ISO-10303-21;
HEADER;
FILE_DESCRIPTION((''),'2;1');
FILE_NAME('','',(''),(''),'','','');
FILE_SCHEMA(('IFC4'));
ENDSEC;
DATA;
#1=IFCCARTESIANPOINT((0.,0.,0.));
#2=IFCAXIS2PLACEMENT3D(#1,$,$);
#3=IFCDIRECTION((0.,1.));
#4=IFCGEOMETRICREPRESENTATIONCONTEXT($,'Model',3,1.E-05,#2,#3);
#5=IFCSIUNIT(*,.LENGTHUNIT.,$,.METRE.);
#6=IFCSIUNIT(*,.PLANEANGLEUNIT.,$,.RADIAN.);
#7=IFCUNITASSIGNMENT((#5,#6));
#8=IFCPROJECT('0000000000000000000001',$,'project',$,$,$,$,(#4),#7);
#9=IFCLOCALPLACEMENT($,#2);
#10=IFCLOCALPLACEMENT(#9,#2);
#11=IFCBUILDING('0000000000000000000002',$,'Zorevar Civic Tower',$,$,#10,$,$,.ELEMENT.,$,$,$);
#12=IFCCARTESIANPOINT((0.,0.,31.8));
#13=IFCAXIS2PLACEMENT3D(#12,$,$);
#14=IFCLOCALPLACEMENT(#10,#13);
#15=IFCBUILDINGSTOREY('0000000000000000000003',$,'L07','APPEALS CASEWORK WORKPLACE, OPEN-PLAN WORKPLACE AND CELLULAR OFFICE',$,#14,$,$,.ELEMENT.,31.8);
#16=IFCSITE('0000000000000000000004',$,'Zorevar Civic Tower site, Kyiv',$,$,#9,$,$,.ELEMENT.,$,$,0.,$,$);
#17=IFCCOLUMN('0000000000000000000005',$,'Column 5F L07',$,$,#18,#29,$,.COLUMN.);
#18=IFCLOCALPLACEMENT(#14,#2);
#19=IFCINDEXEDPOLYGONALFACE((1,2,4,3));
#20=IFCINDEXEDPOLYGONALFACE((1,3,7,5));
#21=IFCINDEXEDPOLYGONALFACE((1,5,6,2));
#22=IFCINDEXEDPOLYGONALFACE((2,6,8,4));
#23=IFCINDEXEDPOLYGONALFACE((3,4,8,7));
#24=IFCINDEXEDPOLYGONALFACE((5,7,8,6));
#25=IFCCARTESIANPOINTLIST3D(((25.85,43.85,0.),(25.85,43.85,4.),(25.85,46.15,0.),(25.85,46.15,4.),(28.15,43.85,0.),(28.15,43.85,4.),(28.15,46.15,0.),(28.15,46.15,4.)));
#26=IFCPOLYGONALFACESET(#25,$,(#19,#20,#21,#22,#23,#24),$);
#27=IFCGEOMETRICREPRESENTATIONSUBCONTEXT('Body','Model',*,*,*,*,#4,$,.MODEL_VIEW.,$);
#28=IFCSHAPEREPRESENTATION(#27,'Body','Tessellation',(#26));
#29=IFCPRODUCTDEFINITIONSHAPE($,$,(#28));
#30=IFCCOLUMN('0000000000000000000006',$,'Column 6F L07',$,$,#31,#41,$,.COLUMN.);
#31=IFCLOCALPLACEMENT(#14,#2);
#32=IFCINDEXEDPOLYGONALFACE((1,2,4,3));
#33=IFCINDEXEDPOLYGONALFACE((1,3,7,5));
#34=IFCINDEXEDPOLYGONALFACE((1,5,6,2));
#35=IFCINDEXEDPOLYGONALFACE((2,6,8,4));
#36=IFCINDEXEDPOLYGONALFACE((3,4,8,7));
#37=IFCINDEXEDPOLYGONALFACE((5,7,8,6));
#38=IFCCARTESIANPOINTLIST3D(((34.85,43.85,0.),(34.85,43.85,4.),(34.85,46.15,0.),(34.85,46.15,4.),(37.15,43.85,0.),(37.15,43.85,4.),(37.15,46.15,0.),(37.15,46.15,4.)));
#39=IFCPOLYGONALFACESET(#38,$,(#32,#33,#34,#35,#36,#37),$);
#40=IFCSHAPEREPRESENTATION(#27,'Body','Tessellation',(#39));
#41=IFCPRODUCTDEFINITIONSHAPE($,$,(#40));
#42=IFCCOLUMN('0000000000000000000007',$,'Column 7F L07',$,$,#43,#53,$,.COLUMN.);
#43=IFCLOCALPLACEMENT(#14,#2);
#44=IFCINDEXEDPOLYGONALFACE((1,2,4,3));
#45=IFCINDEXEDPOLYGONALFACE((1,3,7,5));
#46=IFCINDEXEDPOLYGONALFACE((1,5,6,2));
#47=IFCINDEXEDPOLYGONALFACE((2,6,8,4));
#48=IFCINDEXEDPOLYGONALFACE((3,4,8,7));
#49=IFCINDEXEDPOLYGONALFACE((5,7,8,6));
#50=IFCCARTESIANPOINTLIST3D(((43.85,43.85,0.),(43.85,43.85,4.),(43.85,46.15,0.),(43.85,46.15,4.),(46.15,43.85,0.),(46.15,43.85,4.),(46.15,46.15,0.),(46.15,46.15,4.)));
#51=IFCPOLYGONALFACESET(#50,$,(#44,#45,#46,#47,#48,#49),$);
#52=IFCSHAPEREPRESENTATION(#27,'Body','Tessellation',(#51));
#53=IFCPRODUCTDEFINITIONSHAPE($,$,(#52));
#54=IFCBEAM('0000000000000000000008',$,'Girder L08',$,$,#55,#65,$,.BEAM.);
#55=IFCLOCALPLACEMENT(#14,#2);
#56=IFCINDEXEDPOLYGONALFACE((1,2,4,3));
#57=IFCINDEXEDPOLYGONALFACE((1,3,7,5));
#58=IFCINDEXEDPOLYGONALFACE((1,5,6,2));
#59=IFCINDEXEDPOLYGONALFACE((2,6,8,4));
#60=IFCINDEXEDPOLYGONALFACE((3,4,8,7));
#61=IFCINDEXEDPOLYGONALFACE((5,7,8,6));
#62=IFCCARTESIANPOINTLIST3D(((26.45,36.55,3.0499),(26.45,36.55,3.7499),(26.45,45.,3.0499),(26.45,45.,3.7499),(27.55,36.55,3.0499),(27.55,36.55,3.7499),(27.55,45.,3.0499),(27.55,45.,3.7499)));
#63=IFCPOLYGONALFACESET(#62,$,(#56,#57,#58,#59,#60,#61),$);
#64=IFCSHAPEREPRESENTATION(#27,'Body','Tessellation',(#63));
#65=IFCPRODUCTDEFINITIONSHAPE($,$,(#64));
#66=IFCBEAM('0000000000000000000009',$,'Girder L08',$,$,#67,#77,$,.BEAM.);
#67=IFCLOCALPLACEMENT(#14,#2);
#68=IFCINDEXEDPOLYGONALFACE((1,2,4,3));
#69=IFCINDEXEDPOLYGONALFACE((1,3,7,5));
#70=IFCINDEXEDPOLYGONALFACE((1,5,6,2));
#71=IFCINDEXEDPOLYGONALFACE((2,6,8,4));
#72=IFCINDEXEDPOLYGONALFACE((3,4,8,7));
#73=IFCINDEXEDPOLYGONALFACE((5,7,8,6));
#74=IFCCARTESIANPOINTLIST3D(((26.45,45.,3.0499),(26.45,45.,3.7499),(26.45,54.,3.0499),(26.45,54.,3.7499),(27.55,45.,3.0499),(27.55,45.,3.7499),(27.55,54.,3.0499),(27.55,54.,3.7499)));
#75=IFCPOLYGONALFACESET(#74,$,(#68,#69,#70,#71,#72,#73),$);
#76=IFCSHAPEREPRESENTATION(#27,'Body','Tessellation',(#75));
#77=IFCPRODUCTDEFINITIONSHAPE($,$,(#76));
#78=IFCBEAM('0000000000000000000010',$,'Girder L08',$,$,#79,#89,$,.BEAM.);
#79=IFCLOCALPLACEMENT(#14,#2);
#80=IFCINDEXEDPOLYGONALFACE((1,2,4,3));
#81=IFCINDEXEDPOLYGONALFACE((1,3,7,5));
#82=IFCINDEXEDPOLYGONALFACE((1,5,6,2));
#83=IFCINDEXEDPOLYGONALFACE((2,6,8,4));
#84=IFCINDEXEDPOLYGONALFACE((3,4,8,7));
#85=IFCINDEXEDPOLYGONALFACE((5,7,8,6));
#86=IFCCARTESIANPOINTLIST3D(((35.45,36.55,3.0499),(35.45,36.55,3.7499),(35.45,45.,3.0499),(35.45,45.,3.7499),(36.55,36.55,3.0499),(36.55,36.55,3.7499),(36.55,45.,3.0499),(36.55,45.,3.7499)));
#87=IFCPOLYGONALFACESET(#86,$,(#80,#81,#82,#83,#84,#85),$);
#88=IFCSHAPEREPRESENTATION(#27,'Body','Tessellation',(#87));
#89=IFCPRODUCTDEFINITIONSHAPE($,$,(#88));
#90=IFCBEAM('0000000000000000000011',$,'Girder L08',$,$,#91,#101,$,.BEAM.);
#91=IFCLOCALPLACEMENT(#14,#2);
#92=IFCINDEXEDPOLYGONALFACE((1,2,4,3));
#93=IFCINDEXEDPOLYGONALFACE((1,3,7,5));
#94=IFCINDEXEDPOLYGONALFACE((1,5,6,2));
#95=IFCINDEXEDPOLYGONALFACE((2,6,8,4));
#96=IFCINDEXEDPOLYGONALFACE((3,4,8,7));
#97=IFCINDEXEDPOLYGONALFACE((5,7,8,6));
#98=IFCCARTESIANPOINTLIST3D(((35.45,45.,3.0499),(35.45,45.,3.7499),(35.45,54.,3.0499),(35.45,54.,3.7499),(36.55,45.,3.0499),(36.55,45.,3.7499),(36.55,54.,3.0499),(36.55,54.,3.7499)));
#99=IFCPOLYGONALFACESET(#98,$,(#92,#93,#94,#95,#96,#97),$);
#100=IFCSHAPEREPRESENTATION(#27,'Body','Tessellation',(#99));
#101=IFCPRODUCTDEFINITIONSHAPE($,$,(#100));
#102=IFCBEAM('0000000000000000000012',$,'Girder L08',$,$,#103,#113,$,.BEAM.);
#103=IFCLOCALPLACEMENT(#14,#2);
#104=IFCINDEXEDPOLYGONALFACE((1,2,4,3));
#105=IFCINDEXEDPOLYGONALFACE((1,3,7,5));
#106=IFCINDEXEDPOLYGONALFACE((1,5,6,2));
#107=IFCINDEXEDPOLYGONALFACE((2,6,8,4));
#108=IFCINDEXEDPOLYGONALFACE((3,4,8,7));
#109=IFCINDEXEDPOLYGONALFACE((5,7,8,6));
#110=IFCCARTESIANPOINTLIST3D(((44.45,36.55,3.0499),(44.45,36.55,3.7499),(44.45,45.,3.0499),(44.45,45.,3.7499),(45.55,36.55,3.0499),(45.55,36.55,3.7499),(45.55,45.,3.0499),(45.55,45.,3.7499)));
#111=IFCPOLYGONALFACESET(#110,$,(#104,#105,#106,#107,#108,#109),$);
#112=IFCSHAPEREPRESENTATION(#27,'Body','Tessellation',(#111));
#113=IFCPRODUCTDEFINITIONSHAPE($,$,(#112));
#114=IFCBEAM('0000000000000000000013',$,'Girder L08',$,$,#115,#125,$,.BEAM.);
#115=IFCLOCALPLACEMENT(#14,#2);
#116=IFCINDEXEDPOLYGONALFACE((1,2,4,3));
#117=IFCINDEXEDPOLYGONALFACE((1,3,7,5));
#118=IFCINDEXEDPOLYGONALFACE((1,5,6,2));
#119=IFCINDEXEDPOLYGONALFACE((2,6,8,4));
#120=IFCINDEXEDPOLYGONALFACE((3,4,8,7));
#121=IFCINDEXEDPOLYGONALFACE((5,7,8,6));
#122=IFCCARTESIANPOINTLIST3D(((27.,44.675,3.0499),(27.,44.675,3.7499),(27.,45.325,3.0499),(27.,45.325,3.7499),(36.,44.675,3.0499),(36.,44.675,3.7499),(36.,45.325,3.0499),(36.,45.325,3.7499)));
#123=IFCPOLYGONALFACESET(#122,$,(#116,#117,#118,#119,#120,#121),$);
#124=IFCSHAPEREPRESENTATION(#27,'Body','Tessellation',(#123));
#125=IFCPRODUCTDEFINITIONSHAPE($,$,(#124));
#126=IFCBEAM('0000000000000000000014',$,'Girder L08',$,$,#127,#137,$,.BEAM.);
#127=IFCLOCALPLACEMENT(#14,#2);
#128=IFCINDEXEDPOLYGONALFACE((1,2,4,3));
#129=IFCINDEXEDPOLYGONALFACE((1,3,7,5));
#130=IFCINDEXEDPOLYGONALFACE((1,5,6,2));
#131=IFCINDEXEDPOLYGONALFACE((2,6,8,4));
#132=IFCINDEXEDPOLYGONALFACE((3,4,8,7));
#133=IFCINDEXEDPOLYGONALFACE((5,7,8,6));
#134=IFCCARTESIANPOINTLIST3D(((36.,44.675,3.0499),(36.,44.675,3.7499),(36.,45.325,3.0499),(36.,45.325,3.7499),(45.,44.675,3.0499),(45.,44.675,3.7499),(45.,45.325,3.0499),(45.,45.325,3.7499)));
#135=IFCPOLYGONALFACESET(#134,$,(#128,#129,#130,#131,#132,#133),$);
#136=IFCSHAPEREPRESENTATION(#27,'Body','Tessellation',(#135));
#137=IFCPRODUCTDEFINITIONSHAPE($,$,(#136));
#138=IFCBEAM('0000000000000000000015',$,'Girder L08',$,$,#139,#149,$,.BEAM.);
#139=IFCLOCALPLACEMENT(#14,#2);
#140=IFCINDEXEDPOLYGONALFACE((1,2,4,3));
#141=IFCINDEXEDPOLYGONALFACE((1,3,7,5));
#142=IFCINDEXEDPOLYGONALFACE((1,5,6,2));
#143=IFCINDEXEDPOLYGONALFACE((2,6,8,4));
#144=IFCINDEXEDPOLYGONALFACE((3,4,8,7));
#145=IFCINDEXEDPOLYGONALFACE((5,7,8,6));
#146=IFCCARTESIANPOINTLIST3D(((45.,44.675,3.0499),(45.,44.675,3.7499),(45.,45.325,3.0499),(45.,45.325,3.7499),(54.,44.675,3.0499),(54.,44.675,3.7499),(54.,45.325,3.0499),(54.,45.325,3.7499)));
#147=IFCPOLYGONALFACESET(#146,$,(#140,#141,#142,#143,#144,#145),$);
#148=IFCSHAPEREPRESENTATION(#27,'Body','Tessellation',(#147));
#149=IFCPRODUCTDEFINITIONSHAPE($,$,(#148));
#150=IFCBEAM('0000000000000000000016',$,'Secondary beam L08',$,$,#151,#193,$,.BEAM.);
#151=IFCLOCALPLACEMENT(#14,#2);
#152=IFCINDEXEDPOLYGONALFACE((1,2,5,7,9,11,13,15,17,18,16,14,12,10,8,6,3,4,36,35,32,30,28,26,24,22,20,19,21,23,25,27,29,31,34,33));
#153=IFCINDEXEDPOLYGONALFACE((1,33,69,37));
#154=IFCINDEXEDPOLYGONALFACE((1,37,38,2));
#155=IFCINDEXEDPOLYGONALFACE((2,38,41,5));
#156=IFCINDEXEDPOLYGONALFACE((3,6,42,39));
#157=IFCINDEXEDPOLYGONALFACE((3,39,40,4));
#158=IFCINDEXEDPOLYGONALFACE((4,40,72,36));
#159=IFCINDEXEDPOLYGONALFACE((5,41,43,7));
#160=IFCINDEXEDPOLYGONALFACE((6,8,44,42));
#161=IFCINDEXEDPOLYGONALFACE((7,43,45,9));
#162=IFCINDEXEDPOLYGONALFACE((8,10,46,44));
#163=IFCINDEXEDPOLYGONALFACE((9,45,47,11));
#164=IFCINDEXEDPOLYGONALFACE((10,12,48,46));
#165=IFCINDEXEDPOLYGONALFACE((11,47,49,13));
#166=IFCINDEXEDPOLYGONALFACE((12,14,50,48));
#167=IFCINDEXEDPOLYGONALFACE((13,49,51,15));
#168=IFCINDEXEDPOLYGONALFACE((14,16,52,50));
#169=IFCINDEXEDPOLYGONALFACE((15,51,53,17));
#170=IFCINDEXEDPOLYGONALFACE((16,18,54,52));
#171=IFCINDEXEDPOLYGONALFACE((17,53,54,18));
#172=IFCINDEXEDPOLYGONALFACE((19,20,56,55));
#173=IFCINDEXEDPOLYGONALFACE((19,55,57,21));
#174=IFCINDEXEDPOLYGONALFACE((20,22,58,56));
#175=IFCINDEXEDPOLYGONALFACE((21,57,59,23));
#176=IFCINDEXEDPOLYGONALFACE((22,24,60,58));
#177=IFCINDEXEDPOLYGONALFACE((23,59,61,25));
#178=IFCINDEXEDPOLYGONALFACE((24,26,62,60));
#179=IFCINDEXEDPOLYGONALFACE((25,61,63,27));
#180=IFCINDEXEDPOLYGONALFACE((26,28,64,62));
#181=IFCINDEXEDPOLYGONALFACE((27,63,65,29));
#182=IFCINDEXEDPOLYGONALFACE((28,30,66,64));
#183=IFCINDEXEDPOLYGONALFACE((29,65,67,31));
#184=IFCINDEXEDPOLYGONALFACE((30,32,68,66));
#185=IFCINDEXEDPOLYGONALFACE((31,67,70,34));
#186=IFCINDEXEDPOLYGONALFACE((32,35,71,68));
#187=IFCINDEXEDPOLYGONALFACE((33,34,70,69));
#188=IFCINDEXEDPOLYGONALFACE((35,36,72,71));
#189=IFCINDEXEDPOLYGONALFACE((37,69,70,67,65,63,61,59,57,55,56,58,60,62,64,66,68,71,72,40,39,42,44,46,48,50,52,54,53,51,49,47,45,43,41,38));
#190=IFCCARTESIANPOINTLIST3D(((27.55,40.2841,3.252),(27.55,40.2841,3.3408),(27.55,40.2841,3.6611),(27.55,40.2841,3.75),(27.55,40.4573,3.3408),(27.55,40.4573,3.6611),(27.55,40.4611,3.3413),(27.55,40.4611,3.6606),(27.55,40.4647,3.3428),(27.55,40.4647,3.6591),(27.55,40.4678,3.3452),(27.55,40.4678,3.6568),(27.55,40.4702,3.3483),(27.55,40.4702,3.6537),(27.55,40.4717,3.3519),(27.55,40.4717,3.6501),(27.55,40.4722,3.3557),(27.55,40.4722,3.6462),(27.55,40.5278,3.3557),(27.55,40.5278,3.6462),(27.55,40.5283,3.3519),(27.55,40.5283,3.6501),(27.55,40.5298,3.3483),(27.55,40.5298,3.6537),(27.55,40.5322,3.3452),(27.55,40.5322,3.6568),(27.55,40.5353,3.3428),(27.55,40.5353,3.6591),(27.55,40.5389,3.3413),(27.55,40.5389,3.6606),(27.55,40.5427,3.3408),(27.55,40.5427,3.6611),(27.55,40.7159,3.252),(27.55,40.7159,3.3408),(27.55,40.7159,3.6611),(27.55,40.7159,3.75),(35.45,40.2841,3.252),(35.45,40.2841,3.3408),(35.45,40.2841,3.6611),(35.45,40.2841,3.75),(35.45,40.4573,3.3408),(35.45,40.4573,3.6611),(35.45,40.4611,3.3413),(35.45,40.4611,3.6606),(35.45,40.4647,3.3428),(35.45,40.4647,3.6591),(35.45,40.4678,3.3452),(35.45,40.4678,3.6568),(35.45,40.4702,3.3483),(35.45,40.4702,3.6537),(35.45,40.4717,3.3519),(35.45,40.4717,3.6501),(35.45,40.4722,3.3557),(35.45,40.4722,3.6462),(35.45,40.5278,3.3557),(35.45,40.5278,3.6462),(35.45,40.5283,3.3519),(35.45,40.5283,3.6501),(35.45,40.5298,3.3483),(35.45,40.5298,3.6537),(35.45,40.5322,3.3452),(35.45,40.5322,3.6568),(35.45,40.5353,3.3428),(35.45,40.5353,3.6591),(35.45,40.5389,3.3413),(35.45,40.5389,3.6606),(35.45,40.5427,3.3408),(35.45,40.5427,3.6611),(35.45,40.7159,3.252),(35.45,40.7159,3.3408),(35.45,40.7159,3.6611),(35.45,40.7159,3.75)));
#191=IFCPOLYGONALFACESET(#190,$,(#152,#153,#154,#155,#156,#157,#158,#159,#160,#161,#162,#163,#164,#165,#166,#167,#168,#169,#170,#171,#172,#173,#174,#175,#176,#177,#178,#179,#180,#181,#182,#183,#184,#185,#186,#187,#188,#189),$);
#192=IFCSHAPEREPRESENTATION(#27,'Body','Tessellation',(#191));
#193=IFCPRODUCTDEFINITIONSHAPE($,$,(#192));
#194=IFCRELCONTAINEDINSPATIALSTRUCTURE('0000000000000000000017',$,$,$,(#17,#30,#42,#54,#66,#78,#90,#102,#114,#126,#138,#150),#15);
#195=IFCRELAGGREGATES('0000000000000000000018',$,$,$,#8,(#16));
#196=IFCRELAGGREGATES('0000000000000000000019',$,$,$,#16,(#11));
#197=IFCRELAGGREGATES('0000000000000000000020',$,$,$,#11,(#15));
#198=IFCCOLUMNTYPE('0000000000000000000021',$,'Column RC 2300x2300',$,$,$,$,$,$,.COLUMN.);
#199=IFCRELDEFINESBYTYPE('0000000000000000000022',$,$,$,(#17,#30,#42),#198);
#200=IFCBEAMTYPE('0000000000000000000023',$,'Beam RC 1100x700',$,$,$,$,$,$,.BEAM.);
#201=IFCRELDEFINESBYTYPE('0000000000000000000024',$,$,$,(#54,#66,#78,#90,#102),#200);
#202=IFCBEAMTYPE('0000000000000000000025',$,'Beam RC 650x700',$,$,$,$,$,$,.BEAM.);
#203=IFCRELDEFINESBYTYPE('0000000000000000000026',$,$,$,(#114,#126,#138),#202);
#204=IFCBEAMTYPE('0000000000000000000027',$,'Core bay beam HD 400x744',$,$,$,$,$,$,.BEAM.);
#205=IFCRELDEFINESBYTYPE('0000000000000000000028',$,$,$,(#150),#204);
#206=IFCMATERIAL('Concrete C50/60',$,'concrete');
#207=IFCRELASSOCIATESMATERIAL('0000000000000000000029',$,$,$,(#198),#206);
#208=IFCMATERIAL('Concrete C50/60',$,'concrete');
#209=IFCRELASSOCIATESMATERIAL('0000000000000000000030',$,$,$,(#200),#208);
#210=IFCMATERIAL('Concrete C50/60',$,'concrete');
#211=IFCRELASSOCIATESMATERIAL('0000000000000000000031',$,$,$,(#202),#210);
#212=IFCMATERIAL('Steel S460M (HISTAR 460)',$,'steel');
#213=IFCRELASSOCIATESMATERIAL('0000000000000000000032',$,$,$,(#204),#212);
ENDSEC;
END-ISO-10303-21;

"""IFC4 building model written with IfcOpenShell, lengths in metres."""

from ifc_helpers import new_model, si_unit, direction, frame, origin, origin_2d, place, context, subcontext, project, spatial, rectangle, i_section, extrude, material, material_profile, profile_set, type_object, element, save


model = new_model("IFC4")

# Units and contexts
model_context = context("Model", 3, precision=1e-05, world=origin(), true_north=direction((0.0, 1.0)))
body_context = subcontext(model_context, "Body", "Model", "MODEL_VIEW")
ifc_project = project(units=[si_unit("LENGTHUNIT", "METRE"), si_unit("PLANEANGLEUNIT", "RADIAN")], contexts=[model_context])

# Site, building, storey
site_placement = place(None, origin())
site = spatial("IfcSite", under=ifc_project, at=site_placement, Name="Zorevar Civic Tower site, Kyiv", CompositionType="ELEMENT", RefElevation=0.0)
building_placement = place(site_placement, origin())
building = spatial("IfcBuilding", under=site, at=building_placement, Name="Zorevar Civic Tower", CompositionType="ELEMENT")
storey_placement = place(building_placement, frame((0.0, 0.0, 31.8)))
storey = spatial("IfcBuildingStorey", under=building, at=storey_placement, Name="L07", Description="APPEALS CASEWORK WORKPLACE, OPEN-PLAN WORKPLACE AND CELLULAR OFFICE", CompositionType="ELEMENT", Elevation=31.8)

# Columns
ifc_material_1 = material(Name="Concrete C50/60", Category="concrete")
ifc_material_profile_1 = material_profile(ifc_material_1, rectangle(XDim=2.3, YDim=2.3, at=origin_2d()), Name="RC 2300x2300")
ifc_profile_set_1 = profile_set([ifc_material_profile_1], Name="Concrete C50/60")
column_type = type_object("IfcColumnType", Name="Column RC 2300x2300", PredefinedType="COLUMN", material=ifc_profile_set_1)
for number, where, z_axis, x_axis, name in (
    (1, (27.0, 45.0, 0.0), (0.0, 0.0, 1.0), (1.0, 0.0, 0.0), "Column 5F L07"),
    (2, (36.0, 45.0, 0.0), (0.0, 0.0, 1.0), (1.0, 0.0, 0.0), "Column 6F L07"),
    (3, (45.0, 45.0, 0.0), (0.0, 0.0, 1.0), (1.0, 0.0, 0.0), "Column 7F L07"),
):
    element("IfcColumn", number, at=place(storey_placement, frame(where, z_axis=z_axis, x_axis=x_axis)), inside=storey, type_object=column_type, Name=name, PredefinedType="COLUMN", context=body_context, shape_type="SweptSolid", body=[
        extrude(rectangle(XDim=2.3, YDim=2.3, at=origin_2d()), origin(), (0.0, 0.0, 1.0), 4.0),
    ])

# Beams
ifc_material_2 = material(Name="Concrete C50/60", Category="concrete")
ifc_material_profile_2 = material_profile(ifc_material_2, rectangle(XDim=1.1001, YDim=0.7, at=origin_2d()), Name="RC 1100x700")
ifc_profile_set_2 = profile_set([ifc_material_profile_2], Name="Concrete C50/60")
beam_type_1 = type_object("IfcBeamType", Name="Beam RC 1100x700", PredefinedType="BEAM", material=ifc_profile_set_2)
beam_1_placement = place(storey_placement, frame((27.0, 36.55, 3.3999), z_axis=(0.0, 1.0, 0.0), x_axis=(-1.0, 0.0, 0.0)))
element("IfcBeam", 4, at=beam_1_placement, inside=storey, type_object=beam_type_1, Name="Girder L08", PredefinedType="BEAM", context=body_context, shape_type="SweptSolid", body=[
    extrude(rectangle(XDim=1.1001, YDim=0.7, at=origin_2d()), origin(), (0.0, 0.0, 1.0), 8.45),
])
beam_2_placement = place(storey_placement, frame((27.0, 45.0, 3.3999), z_axis=(0.0, 1.0, 0.0), x_axis=(-1.0, 0.0, 0.0)))
element("IfcBeam", 5, at=beam_2_placement, inside=storey, type_object=beam_type_1, Name="Girder L08", PredefinedType="BEAM", context=body_context, shape_type="SweptSolid", body=[
    extrude(rectangle(XDim=1.1001, YDim=0.7, at=origin_2d()), origin(), (0.0, 0.0, 1.0), 9.0),
])
beam_3_placement = place(storey_placement, frame((36.0, 36.55, 3.3999), z_axis=(0.0, 1.0, 0.0), x_axis=(-1.0, 0.0, 0.0)))
element("IfcBeam", 6, at=beam_3_placement, inside=storey, type_object=beam_type_1, Name="Girder L08", PredefinedType="BEAM", context=body_context, shape_type="SweptSolid", body=[
    extrude(rectangle(XDim=1.1001, YDim=0.7, at=origin_2d()), origin(), (0.0, 0.0, 1.0), 8.45),
])
beam_4_placement = place(storey_placement, frame((36.0, 45.0, 3.3999), z_axis=(0.0, 1.0, 0.0), x_axis=(-1.0, 0.0, 0.0)))
element("IfcBeam", 7, at=beam_4_placement, inside=storey, type_object=beam_type_1, Name="Girder L08", PredefinedType="BEAM", context=body_context, shape_type="SweptSolid", body=[
    extrude(rectangle(XDim=1.1001, YDim=0.7, at=origin_2d()), origin(), (0.0, 0.0, 1.0), 9.0),
])
beam_5_placement = place(storey_placement, frame((45.0, 36.55, 3.3999), z_axis=(0.0, 1.0, 0.0), x_axis=(-1.0, 0.0, 0.0)))
element("IfcBeam", 8, at=beam_5_placement, inside=storey, type_object=beam_type_1, Name="Girder L08", PredefinedType="BEAM", context=body_context, shape_type="SweptSolid", body=[
    extrude(rectangle(XDim=1.1001, YDim=0.7, at=origin_2d()), origin(), (0.0, 0.0, 1.0), 8.45),
])
ifc_material_3 = material(Name="Concrete C50/60", Category="concrete")
ifc_material_profile_3 = material_profile(ifc_material_3, rectangle(XDim=0.6499, YDim=0.7, at=origin_2d()), Name="RC 650x700")
ifc_profile_set_3 = profile_set([ifc_material_profile_3], Name="Concrete C50/60")
beam_type_2 = type_object("IfcBeamType", Name="Beam RC 650x700", PredefinedType="BEAM", material=ifc_profile_set_3)
for number, where, z_axis, x_axis, name in (
    (9, (27.0, 45.0, 3.3999), (1.0, 0.0, 0.0), (0.0, 1.0, 0.0), "Girder L08"),
    (10, (36.0, 45.0, 3.3999), (1.0, 0.0, 0.0), (0.0, 1.0, 0.0), "Girder L08"),
    (11, (45.0, 45.0, 3.3999), (1.0, 0.0, 0.0), (0.0, 1.0, 0.0), "Girder L08"),
):
    element("IfcBeam", number, at=place(storey_placement, frame(where, z_axis=z_axis, x_axis=x_axis)), inside=storey, type_object=beam_type_2, Name=name, PredefinedType="BEAM", context=body_context, shape_type="SweptSolid", body=[
        extrude(rectangle(XDim=0.6499, YDim=0.7, at=origin_2d()), origin(), (0.0, 0.0, 1.0), 9.0),
    ])
ifc_material_4 = material(Name="Steel S460M (HISTAR 460)", Category="steel")
ifc_material_profile_4 = material_profile(ifc_material_4, i_section(OverallWidth=0.4319, OverallDepth=0.498, WebThickness=0.0557, FlangeThickness=0.0889, FilletRadius=0.0149, at=origin_2d()), Name="HD 400x744")
ifc_profile_set_4 = profile_set([ifc_material_profile_4], Name="Steel S460M (HISTAR 460)")
beam_type_3 = type_object("IfcBeamType", Name="Core bay beam HD 400x744", PredefinedType="BEAM", material=ifc_profile_set_4)
for number, where, z_axis, x_axis, name in (
    (12, (27.55, 40.5, 3.501), (1.0, 0.0, 0.0), (0.0, 1.0, 0.0), "Secondary beam L08"),
):
    element("IfcBeam", number, at=place(storey_placement, frame(where, z_axis=z_axis, x_axis=x_axis)), inside=storey, type_object=beam_type_3, Name=name, PredefinedType="BEAM", context=body_context, shape_type="SweptSolid", body=[
        extrude(i_section(OverallWidth=0.4319, OverallDepth=0.498, WebThickness=0.0557, FlangeThickness=0.0889, FilletRadius=0.0149, at=origin_2d()), origin(), (0.0, 0.0, 1.0), 7.8999),
    ])

save(model, "model.ifc")
